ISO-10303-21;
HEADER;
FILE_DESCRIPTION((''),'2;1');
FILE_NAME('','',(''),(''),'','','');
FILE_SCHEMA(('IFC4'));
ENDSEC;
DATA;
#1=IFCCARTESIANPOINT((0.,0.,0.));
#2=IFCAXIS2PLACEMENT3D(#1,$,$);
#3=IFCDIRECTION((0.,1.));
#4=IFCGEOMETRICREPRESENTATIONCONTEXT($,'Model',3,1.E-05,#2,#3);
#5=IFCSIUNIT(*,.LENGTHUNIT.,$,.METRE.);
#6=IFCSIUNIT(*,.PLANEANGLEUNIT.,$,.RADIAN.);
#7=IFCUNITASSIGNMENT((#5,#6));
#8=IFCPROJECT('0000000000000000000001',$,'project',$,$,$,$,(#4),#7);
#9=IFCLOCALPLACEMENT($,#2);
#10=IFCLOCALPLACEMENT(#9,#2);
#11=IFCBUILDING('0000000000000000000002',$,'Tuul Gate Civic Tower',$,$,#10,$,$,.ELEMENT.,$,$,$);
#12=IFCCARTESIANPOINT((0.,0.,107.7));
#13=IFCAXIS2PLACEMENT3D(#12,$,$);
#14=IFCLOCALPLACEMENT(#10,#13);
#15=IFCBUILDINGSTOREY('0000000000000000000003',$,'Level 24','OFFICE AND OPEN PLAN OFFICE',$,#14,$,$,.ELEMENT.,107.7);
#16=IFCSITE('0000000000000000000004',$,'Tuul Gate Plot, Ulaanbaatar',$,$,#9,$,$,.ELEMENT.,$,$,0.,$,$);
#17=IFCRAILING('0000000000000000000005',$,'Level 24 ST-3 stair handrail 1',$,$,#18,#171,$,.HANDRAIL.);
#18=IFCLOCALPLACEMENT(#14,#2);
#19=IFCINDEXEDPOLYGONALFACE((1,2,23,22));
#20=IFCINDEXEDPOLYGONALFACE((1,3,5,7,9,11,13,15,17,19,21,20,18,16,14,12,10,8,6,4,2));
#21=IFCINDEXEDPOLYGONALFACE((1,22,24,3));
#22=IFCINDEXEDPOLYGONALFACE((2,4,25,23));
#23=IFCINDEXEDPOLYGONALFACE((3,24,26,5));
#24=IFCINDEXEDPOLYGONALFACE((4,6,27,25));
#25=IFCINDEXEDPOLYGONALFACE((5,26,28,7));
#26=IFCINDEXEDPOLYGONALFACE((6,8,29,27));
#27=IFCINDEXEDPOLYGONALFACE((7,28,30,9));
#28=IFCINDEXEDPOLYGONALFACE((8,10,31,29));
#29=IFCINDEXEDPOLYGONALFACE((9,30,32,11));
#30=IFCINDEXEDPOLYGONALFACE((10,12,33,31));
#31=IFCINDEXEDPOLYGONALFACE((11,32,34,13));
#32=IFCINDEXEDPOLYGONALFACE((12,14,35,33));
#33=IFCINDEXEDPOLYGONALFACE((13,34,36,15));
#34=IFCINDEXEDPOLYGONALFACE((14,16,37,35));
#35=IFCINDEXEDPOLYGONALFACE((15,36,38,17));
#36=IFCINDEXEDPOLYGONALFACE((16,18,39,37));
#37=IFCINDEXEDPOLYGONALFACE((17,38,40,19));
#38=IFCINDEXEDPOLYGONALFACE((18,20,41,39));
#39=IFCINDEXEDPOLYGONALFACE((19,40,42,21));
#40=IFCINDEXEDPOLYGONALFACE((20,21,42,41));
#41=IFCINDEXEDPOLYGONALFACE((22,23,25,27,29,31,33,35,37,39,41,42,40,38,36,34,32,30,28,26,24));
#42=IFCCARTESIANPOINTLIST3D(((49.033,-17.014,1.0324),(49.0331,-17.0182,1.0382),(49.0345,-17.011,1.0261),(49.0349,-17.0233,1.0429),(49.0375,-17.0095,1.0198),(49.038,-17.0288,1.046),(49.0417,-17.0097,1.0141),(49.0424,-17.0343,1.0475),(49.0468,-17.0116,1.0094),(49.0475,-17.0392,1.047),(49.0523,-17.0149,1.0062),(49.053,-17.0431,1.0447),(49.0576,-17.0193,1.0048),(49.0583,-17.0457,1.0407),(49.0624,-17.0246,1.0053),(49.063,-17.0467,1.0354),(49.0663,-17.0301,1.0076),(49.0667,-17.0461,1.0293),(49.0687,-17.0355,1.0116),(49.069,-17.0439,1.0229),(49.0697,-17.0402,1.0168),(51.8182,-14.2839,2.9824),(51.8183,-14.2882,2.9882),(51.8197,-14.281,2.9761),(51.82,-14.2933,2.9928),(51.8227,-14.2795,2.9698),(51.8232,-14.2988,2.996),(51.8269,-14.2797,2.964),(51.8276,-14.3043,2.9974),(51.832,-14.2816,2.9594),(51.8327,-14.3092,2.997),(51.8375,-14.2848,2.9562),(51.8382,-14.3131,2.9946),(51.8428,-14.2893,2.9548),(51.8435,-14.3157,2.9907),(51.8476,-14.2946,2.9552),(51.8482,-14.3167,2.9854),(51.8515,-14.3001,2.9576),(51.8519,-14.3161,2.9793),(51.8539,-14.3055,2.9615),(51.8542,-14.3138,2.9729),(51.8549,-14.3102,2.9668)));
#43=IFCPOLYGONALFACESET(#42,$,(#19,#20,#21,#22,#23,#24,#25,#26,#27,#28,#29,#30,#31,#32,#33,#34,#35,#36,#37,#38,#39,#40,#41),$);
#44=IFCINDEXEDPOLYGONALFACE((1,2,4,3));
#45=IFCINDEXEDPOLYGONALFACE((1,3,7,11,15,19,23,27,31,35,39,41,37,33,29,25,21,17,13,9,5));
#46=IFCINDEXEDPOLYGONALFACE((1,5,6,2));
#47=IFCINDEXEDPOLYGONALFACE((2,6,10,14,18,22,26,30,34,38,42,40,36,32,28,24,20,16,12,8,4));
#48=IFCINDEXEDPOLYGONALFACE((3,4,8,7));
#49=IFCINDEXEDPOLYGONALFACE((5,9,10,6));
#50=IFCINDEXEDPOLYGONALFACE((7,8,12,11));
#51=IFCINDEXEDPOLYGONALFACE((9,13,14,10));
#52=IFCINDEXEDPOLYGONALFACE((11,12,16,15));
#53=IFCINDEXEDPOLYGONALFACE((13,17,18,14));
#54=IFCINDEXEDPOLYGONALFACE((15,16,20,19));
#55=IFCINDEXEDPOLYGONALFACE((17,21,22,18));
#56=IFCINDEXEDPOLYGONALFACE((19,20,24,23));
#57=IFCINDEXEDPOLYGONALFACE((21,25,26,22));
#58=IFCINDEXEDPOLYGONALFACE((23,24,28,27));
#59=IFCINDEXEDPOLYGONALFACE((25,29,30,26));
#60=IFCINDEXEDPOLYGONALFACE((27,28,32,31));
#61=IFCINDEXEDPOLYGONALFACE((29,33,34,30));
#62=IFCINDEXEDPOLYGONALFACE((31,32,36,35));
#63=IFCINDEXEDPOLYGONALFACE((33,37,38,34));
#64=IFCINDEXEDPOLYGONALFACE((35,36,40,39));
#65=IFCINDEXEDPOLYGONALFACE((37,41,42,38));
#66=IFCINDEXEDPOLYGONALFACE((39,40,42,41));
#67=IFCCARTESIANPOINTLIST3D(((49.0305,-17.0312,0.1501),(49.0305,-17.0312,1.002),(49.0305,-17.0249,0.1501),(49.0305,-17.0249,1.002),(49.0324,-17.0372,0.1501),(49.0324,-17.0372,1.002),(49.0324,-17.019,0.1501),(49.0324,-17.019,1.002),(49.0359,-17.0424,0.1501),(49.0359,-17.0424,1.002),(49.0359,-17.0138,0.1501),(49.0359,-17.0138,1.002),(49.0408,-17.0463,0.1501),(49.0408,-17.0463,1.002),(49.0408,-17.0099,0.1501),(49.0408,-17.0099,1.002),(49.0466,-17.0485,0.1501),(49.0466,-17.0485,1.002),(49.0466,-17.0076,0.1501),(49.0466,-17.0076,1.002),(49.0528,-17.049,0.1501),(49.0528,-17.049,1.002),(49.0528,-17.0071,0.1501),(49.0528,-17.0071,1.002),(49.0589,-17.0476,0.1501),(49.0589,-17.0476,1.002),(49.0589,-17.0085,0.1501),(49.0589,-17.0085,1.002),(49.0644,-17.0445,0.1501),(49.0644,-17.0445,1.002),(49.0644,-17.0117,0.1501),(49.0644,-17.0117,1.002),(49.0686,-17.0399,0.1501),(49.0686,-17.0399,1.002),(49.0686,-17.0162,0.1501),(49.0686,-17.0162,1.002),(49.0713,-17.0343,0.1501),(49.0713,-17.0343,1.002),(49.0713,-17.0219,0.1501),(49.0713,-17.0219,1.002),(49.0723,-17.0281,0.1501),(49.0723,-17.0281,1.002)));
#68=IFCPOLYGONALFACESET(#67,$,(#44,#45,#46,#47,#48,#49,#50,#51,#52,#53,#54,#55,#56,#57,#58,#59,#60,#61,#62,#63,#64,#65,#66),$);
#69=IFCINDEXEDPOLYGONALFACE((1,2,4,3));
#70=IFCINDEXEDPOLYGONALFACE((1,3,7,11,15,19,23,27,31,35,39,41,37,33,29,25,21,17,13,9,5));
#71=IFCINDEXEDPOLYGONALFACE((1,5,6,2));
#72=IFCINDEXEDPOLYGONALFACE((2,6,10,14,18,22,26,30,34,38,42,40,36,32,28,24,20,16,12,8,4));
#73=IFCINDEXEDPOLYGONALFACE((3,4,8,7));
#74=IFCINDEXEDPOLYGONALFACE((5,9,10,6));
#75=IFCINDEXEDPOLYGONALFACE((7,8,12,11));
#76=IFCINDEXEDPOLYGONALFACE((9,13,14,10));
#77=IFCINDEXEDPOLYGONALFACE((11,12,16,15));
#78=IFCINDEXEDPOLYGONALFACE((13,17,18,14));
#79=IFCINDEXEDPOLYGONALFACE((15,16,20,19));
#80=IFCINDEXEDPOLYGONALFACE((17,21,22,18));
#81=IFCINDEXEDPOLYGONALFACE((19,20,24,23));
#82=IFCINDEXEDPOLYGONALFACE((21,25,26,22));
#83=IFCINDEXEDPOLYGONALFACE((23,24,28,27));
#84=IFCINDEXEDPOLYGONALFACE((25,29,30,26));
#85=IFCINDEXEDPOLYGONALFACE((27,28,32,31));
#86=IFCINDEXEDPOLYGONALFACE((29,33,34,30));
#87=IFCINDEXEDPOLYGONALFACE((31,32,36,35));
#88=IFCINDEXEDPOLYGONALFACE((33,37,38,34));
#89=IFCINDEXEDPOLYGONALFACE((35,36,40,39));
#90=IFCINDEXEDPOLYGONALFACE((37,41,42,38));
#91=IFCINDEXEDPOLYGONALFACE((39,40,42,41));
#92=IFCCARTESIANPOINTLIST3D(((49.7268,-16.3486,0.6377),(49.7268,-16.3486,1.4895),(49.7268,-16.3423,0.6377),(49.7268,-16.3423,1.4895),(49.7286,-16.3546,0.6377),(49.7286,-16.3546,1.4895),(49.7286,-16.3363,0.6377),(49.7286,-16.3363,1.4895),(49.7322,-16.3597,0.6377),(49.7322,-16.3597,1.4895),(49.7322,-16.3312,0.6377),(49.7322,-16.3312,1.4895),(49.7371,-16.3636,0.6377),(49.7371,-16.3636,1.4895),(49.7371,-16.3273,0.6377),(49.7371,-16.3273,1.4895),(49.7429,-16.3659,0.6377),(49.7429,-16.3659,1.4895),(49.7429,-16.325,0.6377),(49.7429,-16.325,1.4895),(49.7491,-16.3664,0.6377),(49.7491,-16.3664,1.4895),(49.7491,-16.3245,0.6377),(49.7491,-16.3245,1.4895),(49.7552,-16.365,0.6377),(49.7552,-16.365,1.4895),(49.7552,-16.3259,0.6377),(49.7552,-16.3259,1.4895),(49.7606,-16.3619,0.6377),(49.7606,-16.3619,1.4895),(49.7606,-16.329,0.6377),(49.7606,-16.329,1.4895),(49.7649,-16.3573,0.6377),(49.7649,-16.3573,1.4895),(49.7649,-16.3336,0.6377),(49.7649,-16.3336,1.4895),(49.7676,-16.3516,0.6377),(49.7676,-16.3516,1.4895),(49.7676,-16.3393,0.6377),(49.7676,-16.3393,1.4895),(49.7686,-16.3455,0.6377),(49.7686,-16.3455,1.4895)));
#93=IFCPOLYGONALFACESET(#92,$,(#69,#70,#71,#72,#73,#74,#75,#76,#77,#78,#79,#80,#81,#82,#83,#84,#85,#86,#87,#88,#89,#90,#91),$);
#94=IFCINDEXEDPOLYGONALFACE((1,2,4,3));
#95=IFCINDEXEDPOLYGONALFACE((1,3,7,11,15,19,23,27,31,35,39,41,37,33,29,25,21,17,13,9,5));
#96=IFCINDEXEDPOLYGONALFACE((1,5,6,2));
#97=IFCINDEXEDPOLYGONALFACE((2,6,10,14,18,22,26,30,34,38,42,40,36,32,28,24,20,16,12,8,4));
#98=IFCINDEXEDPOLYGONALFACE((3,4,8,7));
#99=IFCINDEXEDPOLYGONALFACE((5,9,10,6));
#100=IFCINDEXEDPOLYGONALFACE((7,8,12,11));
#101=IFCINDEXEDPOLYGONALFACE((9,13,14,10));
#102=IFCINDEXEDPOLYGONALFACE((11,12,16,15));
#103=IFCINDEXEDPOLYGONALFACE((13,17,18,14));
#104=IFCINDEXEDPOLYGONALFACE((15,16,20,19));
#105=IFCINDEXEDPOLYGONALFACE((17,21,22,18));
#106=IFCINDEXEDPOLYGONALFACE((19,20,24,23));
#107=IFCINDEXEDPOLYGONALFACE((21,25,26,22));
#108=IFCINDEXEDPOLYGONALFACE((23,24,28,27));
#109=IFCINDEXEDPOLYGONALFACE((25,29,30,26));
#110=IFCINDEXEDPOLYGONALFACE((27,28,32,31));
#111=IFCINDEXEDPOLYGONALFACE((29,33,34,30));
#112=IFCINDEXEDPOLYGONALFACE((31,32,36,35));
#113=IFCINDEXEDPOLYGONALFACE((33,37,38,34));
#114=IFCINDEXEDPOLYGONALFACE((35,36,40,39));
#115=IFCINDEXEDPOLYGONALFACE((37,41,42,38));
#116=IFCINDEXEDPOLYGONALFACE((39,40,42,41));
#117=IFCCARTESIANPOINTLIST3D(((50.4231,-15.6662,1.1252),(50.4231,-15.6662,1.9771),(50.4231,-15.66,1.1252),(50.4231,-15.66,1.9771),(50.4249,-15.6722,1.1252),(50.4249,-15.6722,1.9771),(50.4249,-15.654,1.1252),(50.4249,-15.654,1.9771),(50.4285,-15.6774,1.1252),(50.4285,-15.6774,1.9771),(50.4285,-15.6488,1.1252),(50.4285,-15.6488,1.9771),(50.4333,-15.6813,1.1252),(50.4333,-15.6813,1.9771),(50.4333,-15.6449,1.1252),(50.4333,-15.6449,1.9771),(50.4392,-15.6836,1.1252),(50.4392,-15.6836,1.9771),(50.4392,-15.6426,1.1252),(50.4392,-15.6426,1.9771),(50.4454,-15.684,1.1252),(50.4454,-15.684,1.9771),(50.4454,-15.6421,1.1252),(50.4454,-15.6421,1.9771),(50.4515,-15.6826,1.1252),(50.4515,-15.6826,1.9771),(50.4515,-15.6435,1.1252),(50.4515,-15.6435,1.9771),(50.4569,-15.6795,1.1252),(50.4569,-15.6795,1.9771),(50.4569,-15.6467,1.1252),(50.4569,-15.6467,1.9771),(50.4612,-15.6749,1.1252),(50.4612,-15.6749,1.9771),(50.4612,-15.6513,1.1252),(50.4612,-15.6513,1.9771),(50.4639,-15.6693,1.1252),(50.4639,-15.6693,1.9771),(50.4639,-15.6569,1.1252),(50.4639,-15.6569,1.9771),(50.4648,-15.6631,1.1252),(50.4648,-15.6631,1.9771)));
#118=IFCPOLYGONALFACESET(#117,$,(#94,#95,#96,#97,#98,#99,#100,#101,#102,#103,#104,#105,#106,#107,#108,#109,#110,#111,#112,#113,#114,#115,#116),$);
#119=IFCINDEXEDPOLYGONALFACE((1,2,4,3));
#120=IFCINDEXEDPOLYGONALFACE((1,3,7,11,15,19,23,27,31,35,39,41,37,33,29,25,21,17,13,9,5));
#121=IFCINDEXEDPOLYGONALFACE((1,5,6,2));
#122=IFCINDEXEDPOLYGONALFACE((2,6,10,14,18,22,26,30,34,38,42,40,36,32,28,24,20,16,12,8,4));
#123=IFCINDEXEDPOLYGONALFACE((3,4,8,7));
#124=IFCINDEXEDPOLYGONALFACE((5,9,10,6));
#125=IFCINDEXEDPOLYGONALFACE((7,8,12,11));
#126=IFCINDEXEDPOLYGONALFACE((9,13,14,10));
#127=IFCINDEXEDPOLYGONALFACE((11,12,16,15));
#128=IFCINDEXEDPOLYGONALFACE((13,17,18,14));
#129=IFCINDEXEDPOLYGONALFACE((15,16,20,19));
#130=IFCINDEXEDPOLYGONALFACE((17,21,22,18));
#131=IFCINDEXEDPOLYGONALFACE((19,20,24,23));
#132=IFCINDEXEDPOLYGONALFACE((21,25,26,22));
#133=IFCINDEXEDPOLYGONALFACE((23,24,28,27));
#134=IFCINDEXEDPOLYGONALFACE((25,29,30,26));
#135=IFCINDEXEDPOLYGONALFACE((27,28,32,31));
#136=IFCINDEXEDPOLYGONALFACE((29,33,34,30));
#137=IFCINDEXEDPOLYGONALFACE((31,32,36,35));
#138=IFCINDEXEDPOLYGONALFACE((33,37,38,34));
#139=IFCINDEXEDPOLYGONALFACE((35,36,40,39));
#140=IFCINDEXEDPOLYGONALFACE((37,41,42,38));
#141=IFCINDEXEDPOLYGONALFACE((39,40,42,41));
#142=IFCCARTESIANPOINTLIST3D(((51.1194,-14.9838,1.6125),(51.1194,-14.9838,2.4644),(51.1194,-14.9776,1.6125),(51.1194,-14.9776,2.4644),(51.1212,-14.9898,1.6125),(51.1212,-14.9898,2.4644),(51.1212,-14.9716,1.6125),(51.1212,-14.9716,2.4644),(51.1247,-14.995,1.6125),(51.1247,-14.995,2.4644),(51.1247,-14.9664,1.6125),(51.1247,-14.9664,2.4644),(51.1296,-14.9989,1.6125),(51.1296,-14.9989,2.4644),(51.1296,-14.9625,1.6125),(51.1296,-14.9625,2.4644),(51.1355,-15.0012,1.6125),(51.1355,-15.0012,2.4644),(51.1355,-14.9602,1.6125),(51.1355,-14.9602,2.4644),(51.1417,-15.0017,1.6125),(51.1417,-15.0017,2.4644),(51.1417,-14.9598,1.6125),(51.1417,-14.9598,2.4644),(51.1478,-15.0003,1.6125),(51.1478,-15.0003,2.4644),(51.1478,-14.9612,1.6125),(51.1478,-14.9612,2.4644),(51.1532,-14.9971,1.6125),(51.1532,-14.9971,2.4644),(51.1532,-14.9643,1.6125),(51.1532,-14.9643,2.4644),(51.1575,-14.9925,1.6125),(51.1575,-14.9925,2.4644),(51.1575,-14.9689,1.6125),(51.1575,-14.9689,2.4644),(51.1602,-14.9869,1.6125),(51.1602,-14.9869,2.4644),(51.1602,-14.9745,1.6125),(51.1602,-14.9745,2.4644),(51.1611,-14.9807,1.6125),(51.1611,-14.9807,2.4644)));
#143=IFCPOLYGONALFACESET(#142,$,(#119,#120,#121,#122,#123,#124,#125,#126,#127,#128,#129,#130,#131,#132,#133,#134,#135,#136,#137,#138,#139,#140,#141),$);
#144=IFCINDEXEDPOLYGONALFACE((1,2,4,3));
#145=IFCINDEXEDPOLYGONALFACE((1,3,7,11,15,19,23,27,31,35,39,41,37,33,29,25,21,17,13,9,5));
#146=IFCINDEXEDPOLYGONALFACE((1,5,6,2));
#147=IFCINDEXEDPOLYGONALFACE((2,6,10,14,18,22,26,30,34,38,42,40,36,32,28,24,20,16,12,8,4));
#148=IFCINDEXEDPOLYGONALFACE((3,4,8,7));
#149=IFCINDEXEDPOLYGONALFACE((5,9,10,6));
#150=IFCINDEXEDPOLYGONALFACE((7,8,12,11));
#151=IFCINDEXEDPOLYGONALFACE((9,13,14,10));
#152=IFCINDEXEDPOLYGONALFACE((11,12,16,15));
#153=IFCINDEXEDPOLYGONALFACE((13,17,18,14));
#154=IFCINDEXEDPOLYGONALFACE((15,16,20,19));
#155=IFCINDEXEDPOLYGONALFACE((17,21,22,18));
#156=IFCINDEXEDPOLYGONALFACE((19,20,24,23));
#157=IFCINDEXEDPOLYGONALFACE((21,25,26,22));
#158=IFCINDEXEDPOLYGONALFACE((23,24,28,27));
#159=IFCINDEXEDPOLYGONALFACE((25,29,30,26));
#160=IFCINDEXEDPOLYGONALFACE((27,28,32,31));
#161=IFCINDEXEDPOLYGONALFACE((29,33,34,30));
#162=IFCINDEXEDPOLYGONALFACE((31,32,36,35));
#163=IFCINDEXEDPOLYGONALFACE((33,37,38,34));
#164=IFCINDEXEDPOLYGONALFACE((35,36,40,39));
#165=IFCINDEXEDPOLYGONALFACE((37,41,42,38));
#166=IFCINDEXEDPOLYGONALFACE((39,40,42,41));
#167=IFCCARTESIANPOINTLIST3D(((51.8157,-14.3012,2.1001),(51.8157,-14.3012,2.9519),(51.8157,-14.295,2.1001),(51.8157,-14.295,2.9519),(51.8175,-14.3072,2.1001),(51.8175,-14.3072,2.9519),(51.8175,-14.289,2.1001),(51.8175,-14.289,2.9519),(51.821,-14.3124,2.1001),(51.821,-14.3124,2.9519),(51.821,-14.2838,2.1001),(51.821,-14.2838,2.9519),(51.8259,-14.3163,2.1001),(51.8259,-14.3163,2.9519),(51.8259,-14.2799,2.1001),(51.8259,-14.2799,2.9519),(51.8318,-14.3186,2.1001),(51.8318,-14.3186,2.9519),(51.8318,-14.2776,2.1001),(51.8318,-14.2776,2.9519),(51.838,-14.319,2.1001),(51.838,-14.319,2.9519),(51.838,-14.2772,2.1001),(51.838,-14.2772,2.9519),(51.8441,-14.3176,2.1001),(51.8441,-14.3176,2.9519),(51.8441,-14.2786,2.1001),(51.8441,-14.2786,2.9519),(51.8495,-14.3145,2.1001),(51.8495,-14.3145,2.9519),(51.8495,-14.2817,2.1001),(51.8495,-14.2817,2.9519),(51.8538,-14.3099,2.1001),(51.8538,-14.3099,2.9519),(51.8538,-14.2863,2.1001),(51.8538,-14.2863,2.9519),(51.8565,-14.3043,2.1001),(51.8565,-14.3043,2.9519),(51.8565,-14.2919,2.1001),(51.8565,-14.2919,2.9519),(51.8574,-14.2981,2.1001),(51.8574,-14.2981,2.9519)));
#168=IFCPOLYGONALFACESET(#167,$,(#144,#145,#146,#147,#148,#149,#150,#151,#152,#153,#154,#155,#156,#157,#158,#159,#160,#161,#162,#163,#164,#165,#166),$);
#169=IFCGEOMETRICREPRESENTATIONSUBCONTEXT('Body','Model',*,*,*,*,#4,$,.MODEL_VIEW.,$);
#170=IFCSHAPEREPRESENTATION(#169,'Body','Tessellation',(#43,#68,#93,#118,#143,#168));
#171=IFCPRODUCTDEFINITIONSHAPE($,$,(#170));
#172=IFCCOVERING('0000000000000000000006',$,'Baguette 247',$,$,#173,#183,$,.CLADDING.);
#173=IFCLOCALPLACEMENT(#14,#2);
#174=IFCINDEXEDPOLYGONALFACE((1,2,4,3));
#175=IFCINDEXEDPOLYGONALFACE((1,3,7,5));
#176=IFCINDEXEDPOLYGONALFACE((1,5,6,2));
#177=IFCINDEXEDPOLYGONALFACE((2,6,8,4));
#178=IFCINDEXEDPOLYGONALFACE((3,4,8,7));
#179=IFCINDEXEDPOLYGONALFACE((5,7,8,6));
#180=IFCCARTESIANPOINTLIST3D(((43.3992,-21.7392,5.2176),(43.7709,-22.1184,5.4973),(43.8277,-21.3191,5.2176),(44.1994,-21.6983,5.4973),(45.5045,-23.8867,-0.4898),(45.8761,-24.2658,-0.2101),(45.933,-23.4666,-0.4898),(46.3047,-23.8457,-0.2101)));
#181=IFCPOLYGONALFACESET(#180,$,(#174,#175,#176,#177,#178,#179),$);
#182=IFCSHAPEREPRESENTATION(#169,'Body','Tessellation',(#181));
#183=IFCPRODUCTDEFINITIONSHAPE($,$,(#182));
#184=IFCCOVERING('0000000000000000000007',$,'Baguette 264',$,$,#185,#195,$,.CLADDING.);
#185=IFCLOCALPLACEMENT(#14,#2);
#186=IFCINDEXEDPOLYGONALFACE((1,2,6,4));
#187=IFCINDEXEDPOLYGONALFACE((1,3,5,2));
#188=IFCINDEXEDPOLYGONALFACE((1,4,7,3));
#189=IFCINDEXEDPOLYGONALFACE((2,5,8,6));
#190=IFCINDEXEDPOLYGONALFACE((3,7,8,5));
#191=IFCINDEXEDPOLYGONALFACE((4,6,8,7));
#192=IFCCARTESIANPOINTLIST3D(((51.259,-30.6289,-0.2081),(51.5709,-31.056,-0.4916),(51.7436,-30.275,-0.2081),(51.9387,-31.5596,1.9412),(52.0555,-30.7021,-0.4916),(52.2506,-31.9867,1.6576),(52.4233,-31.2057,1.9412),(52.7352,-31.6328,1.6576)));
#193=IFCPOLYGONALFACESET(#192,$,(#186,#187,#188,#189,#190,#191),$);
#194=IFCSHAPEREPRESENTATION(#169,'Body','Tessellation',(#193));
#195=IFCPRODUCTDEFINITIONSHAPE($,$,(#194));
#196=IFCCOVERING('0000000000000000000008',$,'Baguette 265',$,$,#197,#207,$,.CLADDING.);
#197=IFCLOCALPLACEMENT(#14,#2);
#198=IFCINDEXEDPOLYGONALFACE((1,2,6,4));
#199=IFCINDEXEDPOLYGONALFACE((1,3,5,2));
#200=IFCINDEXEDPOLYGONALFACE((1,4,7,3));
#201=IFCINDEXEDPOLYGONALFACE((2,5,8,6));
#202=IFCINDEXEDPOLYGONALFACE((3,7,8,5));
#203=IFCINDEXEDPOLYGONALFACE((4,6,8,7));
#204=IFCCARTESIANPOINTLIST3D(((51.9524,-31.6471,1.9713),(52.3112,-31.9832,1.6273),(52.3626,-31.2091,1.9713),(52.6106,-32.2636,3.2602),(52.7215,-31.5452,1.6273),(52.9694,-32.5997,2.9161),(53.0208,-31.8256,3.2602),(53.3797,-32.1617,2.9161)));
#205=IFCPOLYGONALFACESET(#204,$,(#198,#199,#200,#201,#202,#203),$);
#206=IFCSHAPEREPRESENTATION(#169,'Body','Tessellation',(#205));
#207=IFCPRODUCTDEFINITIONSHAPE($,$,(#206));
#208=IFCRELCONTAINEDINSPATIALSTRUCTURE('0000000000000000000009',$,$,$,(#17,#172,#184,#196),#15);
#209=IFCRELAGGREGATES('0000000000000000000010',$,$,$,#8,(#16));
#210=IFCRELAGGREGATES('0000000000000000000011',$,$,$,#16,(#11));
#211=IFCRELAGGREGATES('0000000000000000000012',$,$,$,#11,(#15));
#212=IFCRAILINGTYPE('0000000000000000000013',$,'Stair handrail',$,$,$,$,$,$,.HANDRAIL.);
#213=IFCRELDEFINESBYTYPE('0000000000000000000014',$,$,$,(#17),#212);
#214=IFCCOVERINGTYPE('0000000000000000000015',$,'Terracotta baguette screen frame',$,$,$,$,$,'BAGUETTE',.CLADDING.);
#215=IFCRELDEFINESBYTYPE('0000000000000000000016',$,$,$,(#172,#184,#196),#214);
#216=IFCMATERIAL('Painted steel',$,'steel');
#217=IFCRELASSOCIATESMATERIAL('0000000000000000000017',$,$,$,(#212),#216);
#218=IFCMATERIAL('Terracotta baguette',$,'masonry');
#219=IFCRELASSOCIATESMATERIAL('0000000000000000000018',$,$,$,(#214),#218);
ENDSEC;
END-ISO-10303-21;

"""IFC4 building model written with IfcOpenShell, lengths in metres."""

from ifc_helpers import new_model, si_unit, direction, frame, origin, origin_2d, place, context, subcontext, project, spatial, rectangle, circle, extrude, material, material_profile, profile_set, type_object, element, save


model = new_model("IFC4")

# Units and contexts
model_context = context("Model", 3, precision=1e-05, world=origin(), true_north=direction((0.0, 1.0)))
body_context = subcontext(model_context, "Body", "Model", "MODEL_VIEW")
ifc_project = project(units=[si_unit("LENGTHUNIT", "METRE"), si_unit("PLANEANGLEUNIT", "RADIAN")], contexts=[model_context])

# Site, building, storey
site_placement = place(None, origin())
site = spatial("IfcSite", under=ifc_project, at=site_placement, Name="Tuul Gate Plot, Ulaanbaatar", CompositionType="ELEMENT", RefElevation=0.0)
building_placement = place(site_placement, origin())
building = spatial("IfcBuilding", under=site, at=building_placement, Name="Tuul Gate Civic Tower", CompositionType="ELEMENT")
storey_placement = place(building_placement, frame((0.0, 0.0, 107.7)))
storey = spatial("IfcBuildingStorey", under=building, at=storey_placement, Name="Level 24", Description="OFFICE AND OPEN PLAN OFFICE", CompositionType="ELEMENT", Elevation=107.7)

# Railing
ifc_material_1 = material(Name="Painted steel", Category="steel")
railing_type = type_object("IfcRailingType", Name="Stair handrail", PredefinedType="HANDRAIL", material=ifc_material_1)
railing_placement = place(storey_placement, frame((49.0513, -17.0281, 0.1501)))
element("IfcRailing", 1, at=railing_placement, inside=storey, type_object=railing_type, Name="Level 24 ST-3 stair handrail 1", PredefinedType="HANDRAIL", context=body_context, shape_type="SweptSolid", body=[
    extrude(circle(Radius=0.0239, at=origin_2d()), frame((0.0, 0.0, 0.876), z_axis=(0.638754, 0.6261, 0.447206), x_axis=(-0.699998, 0.714145, 0.0)), (0.0, 0.0, 1.0), 4.3604),
    extrude(circle(Radius=0.021, at=origin_2d()), origin(), (0.0, 0.0, 1.0), 0.8518),
    extrude(circle(Radius=0.021, at=origin_2d()), frame((0.6963, 0.6826, 0.4875)), (0.0, 0.0, 1.0), 0.8518),
    extrude(circle(Radius=0.021, at=origin_2d()), frame((1.3926, 1.365, 0.9751)), (0.0, 0.0, 1.0), 0.8518),
    extrude(circle(Radius=0.021, at=origin_2d()), frame((2.0889, 2.0474, 1.4624)), (0.0, 0.0, 1.0), 0.8518),
    extrude(circle(Radius=0.021, at=origin_2d()), frame((2.7852, 2.73, 1.95)), (0.0, 0.0, 1.0), 0.8518),
])

# Coverings
ifc_material_2 = material(Name="Terracotta baguette", Category="masonry")
ifc_material_profile_1 = material_profile(ifc_material_2, rectangle(XDim=0.6001, YDim=0.6001, at=origin_2d()), Name="Terracotta baguette screen frame")
ifc_profile_set_1 = profile_set([ifc_material_profile_1], Name="Terracotta baguette")
covering_type = type_object("IfcCoveringType", Name="Terracotta baguette screen frame", ElementType="BAGUETTE", PredefinedType="CLADDING", material=ifc_profile_set_1)
covering_1_placement = place(storey_placement, frame((43.7993, -21.7188, 5.3574), z_axis=(0.326336, -0.332883, -0.8847), x_axis=(0.714094, 0.700049, 0.0)))
element("IfcCovering", 2, at=covering_1_placement, inside=storey, type_object=covering_type, Name="Baguette 247", PredefinedType="CLADDING", context=body_context, shape_type="SweptSolid", body=[
    extrude(rectangle(XDim=0.6001, YDim=0.6001, at=origin_2d()), origin(), (0.0, 0.0, 1.0), 6.4512),
])
covering_2_placement = place(storey_placement, frame((51.6572, -30.6655, -0.3499), z_axis=(0.278714, -0.38163, 0.881293), x_axis=(0.807562, 0.589783, 0.0)))
element("IfcCovering", 3, at=covering_2_placement, inside=storey, type_object=covering_type, Name="Baguette 264", PredefinedType="CLADDING", context=body_context, shape_type="SweptSolid", body=[
    extrude(rectangle(XDim=0.6001, YDim=0.6001, at=origin_2d()), origin(), (0.0, 0.0, 1.0), 2.4387),
])
covering_3_placement = place(storey_placement, frame((52.3369, -31.5962, 1.7993), z_axis=(0.41844, -0.3919, 0.819342), x_axis=(0.683581, 0.729875, 0.0)))
element("IfcCovering", 4, at=covering_3_placement, inside=storey, type_object=covering_type, Name="Baguette 265", PredefinedType="CLADDING", context=body_context, shape_type="SweptSolid", body=[
    extrude(rectangle(XDim=0.6001, YDim=0.6001, at=origin_2d()), origin(), (0.0, 0.0, 1.0), 1.573),
])

save(model, "model.ifc")
